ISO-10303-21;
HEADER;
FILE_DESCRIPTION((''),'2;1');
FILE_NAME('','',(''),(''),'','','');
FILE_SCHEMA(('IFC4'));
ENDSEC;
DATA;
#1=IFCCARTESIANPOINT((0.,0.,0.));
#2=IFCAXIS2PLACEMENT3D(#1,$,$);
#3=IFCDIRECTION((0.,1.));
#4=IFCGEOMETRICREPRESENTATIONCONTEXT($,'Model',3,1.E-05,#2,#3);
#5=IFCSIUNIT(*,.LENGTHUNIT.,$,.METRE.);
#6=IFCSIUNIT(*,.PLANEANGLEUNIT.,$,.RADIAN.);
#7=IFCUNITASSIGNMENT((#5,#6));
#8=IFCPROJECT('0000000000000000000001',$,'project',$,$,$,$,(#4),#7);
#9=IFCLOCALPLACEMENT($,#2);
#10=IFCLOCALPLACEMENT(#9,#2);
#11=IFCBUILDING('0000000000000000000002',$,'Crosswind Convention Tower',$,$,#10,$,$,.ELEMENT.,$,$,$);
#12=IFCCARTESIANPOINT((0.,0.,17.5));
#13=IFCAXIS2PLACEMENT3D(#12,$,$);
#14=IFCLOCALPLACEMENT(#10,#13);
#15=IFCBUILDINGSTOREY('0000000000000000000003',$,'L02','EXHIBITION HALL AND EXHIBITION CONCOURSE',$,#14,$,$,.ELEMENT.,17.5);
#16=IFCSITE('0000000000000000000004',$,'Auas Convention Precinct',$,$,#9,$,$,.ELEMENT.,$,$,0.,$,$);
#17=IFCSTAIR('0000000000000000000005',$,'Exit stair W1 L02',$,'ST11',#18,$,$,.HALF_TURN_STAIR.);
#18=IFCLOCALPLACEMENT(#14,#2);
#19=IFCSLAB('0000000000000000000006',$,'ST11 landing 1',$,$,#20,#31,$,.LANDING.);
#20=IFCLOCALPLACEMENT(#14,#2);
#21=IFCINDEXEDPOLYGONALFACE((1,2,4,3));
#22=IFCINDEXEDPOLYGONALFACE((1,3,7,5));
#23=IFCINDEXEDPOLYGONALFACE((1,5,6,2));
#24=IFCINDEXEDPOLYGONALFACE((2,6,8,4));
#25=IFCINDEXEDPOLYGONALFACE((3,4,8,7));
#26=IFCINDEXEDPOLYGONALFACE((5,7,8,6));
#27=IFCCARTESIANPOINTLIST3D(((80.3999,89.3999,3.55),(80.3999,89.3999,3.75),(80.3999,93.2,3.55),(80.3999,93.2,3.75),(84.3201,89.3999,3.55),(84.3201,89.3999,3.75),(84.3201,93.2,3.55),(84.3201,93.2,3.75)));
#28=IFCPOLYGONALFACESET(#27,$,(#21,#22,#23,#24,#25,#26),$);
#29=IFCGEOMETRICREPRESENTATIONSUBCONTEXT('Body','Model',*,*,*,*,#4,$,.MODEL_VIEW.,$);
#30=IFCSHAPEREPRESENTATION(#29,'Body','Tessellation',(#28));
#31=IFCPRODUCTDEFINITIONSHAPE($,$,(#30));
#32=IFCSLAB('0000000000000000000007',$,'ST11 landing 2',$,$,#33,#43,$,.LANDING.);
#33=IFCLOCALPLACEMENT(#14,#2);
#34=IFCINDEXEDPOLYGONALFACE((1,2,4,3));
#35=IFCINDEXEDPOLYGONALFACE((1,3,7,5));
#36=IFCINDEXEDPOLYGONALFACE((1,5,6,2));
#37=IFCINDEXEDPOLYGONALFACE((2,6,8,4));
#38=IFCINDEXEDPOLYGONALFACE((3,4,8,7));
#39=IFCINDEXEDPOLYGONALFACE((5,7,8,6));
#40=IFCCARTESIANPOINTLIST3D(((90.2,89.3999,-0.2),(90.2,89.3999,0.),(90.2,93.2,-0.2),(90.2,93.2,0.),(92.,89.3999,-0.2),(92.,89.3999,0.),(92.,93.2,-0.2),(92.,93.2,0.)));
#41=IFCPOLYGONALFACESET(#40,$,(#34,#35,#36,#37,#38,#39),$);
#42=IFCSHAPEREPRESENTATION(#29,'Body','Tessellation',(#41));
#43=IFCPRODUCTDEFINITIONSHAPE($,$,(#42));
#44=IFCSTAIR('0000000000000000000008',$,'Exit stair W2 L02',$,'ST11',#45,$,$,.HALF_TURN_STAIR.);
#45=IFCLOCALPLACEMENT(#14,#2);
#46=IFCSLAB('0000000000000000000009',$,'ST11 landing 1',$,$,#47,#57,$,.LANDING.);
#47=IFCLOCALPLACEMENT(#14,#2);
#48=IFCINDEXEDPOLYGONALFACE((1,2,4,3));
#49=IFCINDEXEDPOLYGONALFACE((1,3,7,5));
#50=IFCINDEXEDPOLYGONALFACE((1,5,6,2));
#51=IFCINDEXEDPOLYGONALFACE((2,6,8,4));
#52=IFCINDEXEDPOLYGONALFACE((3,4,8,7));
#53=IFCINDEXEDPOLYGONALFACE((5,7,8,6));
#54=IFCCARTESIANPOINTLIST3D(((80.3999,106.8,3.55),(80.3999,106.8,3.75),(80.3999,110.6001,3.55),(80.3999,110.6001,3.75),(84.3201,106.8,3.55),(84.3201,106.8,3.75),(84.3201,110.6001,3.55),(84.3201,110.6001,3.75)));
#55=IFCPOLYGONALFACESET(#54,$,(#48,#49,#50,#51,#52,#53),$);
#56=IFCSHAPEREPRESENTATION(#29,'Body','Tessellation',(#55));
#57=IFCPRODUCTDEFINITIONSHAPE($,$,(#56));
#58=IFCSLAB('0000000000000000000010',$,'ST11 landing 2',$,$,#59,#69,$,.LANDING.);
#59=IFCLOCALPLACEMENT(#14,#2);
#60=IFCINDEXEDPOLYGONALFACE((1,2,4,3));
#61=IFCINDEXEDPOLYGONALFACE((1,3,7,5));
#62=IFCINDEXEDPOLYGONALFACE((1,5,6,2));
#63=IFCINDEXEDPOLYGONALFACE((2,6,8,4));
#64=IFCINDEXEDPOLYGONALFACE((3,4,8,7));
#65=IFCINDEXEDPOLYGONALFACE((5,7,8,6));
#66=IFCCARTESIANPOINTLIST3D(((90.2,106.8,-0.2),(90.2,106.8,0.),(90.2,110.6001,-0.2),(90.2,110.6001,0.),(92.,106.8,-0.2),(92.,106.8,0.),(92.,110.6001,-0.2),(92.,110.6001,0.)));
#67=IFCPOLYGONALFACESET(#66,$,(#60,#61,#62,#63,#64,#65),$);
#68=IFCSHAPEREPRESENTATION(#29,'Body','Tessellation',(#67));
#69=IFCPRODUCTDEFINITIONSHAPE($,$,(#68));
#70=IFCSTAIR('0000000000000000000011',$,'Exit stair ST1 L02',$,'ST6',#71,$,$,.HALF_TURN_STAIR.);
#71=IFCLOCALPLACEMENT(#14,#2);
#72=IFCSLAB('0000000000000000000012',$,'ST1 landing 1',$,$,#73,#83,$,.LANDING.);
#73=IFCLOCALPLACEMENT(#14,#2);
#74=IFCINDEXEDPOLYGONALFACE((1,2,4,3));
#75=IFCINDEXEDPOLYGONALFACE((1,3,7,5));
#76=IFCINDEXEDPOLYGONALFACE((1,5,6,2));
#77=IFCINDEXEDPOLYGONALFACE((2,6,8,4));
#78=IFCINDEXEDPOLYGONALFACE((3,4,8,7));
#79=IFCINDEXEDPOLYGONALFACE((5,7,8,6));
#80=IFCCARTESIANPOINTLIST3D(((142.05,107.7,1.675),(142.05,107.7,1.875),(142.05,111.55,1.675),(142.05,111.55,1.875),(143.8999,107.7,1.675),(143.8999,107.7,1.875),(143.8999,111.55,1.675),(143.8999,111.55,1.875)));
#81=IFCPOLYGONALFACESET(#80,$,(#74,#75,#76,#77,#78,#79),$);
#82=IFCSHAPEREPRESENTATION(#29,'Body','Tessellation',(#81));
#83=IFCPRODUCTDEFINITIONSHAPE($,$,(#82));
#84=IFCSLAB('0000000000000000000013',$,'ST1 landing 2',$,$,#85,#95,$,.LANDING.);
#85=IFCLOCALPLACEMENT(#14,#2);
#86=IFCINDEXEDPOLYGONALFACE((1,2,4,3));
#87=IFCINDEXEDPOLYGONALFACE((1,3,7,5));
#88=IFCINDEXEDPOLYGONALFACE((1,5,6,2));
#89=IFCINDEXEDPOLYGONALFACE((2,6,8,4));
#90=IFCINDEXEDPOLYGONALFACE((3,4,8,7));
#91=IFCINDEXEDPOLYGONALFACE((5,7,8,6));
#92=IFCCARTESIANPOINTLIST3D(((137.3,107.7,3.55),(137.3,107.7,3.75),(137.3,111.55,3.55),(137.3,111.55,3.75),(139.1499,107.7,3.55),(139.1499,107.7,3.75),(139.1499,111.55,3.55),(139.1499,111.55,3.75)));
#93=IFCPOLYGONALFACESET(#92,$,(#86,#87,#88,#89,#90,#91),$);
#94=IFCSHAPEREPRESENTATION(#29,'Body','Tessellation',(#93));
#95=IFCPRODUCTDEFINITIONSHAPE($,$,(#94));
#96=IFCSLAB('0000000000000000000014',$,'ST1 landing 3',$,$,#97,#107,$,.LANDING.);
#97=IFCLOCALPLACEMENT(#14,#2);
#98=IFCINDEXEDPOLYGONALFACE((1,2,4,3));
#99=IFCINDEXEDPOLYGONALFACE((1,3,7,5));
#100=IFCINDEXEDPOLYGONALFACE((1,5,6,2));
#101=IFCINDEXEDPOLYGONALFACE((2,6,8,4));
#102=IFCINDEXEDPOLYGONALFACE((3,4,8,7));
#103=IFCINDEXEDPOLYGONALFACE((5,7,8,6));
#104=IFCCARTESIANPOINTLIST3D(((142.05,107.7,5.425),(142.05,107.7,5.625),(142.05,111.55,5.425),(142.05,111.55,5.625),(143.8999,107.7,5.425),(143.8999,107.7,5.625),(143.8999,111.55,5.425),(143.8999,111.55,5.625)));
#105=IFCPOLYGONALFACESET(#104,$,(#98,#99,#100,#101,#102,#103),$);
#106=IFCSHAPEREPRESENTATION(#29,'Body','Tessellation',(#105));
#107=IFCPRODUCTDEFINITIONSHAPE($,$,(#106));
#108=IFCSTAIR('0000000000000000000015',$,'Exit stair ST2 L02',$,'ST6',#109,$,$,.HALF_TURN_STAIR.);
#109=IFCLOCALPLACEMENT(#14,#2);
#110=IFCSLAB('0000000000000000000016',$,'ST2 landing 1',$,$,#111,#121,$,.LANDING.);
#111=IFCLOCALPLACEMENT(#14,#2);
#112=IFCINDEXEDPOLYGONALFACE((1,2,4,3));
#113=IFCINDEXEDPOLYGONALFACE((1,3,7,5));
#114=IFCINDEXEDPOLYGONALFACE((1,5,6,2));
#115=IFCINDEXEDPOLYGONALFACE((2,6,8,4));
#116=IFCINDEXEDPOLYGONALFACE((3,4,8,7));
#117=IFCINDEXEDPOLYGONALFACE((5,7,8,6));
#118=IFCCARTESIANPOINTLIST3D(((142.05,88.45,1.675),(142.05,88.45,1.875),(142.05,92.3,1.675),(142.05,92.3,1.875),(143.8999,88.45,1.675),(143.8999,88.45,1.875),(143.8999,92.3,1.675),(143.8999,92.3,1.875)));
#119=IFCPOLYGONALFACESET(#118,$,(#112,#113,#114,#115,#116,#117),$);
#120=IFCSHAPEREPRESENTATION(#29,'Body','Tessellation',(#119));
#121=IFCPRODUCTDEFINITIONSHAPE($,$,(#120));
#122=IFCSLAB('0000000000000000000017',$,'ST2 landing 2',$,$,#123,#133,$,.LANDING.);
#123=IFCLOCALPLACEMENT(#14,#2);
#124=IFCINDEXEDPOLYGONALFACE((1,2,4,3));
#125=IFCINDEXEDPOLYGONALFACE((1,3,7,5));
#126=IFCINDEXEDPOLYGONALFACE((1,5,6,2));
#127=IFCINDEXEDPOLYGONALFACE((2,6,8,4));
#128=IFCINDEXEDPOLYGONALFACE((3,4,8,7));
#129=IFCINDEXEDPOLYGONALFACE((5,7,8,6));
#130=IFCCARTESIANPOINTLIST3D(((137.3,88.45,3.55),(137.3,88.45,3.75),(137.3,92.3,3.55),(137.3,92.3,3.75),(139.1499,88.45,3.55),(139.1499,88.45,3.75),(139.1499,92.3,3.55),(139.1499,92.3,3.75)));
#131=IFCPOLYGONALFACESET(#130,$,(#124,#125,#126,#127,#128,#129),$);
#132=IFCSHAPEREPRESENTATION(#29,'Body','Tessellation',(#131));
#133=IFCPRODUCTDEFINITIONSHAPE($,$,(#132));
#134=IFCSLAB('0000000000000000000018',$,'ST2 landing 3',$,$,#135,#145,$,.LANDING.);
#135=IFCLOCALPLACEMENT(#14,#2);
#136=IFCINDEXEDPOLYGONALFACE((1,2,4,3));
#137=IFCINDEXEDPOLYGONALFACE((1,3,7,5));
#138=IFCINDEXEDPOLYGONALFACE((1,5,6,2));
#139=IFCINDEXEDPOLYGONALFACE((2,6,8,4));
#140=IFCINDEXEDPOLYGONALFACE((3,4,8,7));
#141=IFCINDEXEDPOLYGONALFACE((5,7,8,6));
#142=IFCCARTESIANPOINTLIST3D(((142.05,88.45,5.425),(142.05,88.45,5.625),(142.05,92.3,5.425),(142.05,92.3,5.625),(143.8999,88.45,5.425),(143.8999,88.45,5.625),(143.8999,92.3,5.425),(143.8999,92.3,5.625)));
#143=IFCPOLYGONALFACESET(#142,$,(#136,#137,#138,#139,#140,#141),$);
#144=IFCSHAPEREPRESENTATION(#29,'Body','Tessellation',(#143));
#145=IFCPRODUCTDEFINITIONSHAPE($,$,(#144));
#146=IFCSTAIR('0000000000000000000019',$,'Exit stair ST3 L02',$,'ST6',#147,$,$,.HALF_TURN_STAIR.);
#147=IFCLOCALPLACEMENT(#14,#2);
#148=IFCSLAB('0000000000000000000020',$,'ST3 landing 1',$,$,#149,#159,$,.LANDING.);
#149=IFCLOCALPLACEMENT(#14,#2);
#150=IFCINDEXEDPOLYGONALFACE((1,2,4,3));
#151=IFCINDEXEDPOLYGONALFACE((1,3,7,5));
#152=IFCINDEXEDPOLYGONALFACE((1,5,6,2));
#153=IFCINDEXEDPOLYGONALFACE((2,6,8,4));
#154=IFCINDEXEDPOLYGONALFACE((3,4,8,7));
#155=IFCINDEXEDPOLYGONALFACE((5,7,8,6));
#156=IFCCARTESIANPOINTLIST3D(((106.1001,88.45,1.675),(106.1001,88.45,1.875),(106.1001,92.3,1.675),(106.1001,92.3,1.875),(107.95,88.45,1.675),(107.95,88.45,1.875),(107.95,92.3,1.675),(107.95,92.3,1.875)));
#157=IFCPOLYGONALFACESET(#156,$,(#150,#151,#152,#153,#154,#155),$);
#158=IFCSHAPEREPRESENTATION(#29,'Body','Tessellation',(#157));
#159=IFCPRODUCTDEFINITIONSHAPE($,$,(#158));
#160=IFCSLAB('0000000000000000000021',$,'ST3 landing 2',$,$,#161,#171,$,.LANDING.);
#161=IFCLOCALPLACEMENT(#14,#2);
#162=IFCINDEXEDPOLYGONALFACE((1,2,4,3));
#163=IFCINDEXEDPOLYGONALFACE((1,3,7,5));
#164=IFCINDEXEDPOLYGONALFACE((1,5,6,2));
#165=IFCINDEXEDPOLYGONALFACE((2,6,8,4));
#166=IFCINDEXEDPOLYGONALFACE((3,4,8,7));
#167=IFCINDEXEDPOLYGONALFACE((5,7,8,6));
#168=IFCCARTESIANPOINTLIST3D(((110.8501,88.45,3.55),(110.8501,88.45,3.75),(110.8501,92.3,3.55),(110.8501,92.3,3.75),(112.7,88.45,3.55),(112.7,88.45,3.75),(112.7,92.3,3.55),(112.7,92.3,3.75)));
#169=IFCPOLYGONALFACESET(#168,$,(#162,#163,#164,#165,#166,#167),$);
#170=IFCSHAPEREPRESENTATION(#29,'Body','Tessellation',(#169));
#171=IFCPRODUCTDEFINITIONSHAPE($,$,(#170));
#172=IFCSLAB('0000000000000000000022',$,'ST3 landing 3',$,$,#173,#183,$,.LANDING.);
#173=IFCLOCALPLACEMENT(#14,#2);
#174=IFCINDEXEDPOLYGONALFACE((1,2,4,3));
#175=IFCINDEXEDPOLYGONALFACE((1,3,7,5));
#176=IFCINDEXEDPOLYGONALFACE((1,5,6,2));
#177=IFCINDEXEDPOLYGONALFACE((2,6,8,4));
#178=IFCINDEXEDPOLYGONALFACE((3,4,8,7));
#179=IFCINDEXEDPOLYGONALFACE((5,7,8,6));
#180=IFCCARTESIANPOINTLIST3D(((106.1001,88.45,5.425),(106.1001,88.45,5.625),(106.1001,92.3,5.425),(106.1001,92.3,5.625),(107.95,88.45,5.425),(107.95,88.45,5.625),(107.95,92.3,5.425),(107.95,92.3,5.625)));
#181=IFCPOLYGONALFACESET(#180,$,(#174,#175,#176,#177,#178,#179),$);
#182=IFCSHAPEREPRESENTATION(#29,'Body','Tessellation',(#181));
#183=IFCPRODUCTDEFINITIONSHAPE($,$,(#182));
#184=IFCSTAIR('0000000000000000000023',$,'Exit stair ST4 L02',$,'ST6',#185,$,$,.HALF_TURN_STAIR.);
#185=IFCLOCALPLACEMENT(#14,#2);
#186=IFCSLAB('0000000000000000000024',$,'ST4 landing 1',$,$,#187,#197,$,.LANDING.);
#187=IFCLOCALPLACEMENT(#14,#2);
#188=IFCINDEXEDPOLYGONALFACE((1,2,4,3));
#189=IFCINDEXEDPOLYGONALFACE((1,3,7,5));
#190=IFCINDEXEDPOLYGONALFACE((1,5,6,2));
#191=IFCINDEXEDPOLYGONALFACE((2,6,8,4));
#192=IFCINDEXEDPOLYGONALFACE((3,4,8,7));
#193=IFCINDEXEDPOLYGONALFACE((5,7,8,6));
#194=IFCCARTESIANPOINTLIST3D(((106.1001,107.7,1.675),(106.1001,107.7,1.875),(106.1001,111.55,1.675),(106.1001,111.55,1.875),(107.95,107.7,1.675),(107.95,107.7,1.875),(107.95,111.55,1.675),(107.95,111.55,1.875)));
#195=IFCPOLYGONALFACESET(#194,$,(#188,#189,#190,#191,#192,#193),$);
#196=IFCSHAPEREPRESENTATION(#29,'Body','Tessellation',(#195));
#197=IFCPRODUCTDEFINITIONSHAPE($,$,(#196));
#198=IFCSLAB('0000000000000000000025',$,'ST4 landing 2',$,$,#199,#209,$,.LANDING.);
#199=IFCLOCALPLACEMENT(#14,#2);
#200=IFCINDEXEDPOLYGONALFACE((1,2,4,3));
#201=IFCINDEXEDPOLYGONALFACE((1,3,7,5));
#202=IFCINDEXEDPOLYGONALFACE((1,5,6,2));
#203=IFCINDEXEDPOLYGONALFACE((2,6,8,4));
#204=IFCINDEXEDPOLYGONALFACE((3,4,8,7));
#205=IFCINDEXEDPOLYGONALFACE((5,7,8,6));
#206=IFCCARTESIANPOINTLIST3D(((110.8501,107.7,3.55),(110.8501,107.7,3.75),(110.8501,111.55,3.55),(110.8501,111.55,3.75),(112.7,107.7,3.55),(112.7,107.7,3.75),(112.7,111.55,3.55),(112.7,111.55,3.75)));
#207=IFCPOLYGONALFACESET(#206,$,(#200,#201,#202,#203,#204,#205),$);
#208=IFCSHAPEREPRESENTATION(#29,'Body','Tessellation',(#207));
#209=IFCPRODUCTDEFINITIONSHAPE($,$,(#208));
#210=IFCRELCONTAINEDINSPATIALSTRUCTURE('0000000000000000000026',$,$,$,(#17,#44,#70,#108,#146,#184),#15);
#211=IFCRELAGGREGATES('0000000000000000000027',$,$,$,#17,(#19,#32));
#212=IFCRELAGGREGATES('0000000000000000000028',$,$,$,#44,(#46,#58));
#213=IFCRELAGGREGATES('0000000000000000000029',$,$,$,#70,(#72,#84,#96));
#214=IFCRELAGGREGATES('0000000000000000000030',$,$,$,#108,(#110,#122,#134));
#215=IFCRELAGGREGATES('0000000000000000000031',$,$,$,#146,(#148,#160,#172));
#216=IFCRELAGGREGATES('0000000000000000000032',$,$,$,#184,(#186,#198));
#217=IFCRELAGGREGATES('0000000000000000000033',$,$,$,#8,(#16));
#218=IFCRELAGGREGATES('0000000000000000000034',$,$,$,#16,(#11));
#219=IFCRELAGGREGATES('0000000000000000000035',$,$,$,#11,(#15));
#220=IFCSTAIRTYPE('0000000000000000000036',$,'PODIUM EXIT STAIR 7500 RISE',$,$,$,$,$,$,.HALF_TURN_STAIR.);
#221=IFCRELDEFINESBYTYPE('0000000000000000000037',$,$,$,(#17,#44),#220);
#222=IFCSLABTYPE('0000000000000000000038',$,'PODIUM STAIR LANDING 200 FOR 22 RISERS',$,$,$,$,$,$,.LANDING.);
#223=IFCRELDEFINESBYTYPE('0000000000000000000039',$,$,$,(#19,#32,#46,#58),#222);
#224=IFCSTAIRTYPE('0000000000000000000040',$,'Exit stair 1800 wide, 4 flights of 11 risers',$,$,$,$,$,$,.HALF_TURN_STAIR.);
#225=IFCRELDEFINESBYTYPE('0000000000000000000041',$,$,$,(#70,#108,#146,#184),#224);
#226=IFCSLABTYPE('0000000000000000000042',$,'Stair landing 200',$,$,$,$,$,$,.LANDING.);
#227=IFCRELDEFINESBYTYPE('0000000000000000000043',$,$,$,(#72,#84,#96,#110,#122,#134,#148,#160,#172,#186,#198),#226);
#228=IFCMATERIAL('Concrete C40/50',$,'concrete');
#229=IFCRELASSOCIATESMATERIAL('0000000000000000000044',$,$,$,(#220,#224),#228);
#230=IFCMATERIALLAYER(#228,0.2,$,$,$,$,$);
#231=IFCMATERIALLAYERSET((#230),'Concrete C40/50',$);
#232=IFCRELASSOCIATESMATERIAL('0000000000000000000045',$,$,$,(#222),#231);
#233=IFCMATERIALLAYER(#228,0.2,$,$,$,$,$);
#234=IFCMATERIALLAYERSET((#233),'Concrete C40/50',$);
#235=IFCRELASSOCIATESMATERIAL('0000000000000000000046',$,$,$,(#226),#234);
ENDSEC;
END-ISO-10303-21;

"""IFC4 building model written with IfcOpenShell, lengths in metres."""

from ifc_helpers import new_model, si_unit, direction, frame, origin, place, context, subcontext, project, spatial, polyline, outline, extrude, material, layer, layer_set, type_object, element, aggregate, save


model = new_model("IFC4")

# Units and contexts
model_context = context("Model", 3, precision=1e-05, world=origin(), true_north=direction((0.0, 1.0)))
body_context = subcontext(model_context, "Body", "Model", "MODEL_VIEW")
ifc_project = project(units=[si_unit("LENGTHUNIT", "METRE"), si_unit("PLANEANGLEUNIT", "RADIAN")], contexts=[model_context])

# Site, building, storey
site_placement = place(None, origin())
site = spatial("IfcSite", under=ifc_project, at=site_placement, Name="Auas Convention Precinct", CompositionType="ELEMENT", RefElevation=0.0)
building_placement = place(site_placement, origin())
building = spatial("IfcBuilding", under=site, at=building_placement, Name="Crosswind Convention Tower", CompositionType="ELEMENT")
storey_placement = place(building_placement, frame((0.0, 0.0, 17.5)))
storey = spatial("IfcBuildingStorey", under=building, at=storey_placement, Name="L02", Description="EXHIBITION HALL AND EXHIBITION CONCOURSE", CompositionType="ELEMENT", Elevation=17.5)

# Shared definitions
ifc_material_1 = material(Name="Concrete C40/50", Category="concrete")

# Stairs, slabs
stair_type_1 = type_object("IfcStairType", Name="PODIUM EXIT STAIR 7500 RISE", PredefinedType="HALF_TURN_STAIR", material=ifc_material_1)
ifc_layer_1 = layer(ifc_material_1, 0.2)
ifc_layer_set_1 = layer_set([ifc_layer_1], Name="Concrete C40/50")
slab_type_1 = type_object("IfcSlabType", Name="PODIUM STAIR LANDING 200 FOR 22 RISERS", PredefinedType="LANDING", material=ifc_layer_set_1)
stair_1_placement = place(storey_placement, origin())
stair_1 = element("IfcStair", 1, at=stair_1_placement, inside=storey, type_object=stair_type_1, Name="Exit stair W1 L02", ObjectType="ST11", PredefinedType="HALF_TURN_STAIR")
slab_1_placement = place(storey_placement, frame((0.0, 0.0, 3.55)))
slab_1 = element("IfcSlab", 2, at=slab_1_placement, type_object=slab_type_1, Name="ST11 landing 1", PredefinedType="LANDING", context=body_context, shape_type="SweptSolid", body=[
    extrude(outline(polyline([(84.3201, 93.2), (80.3999, 93.2), (80.3999, 89.3999), (84.3201, 89.3999), (84.3201, 93.2)])), origin(), (0.0, 0.0, 1.0), 0.2),
])
slab_2_placement = place(storey_placement, frame((0.0, 0.0, -0.2)))
slab_2 = element("IfcSlab", 3, at=slab_2_placement, type_object=slab_type_1, Name="ST11 landing 2", PredefinedType="LANDING", context=body_context, shape_type="SweptSolid", body=[
    extrude(outline(polyline([(92.0, 93.2), (90.2, 93.2), (90.2, 89.3999), (92.0, 89.3999), (92.0, 93.2)])), origin(), (0.0, 0.0, 1.0), 0.2),
])
aggregate(stair_1, [slab_1, slab_2])
stair_2_placement = place(storey_placement, origin())
stair_2 = element("IfcStair", 4, at=stair_2_placement, inside=storey, type_object=stair_type_1, Name="Exit stair W2 L02", ObjectType="ST11", PredefinedType="HALF_TURN_STAIR")
slab_3_placement = place(storey_placement, frame((0.0, 0.0, 3.55)))
slab_3 = element("IfcSlab", 5, at=slab_3_placement, type_object=slab_type_1, Name="ST11 landing 1", PredefinedType="LANDING", context=body_context, shape_type="SweptSolid", body=[
    extrude(outline(polyline([(84.3201, 110.6001), (80.3999, 110.6001), (80.3999, 106.8), (84.3201, 106.8), (84.3201, 110.6001)])), origin(), (0.0, 0.0, 1.0), 0.2),
])
slab_4_placement = place(storey_placement, frame((0.0, 0.0, -0.2)))
slab_4 = element("IfcSlab", 6, at=slab_4_placement, type_object=slab_type_1, Name="ST11 landing 2", PredefinedType="LANDING", context=body_context, shape_type="SweptSolid", body=[
    extrude(outline(polyline([(92.0, 110.6001), (90.2, 110.6001), (90.2, 106.8), (92.0, 106.8), (92.0, 110.6001)])), origin(), (0.0, 0.0, 1.0), 0.2),
])
aggregate(stair_2, [slab_3, slab_4])
stair_type_2 = type_object("IfcStairType", Name="Exit stair 1800 wide, 4 flights of 11 risers", PredefinedType="HALF_TURN_STAIR", material=ifc_material_1)
stair_3_placement = place(storey_placement, origin())
stair_3 = element("IfcStair", 7, at=stair_3_placement, inside=storey, type_object=stair_type_2, Name="Exit stair ST1 L02", ObjectType="ST6", PredefinedType="HALF_TURN_STAIR")
ifc_layer_2 = layer(ifc_material_1, 0.2)
ifc_layer_set_2 = layer_set([ifc_layer_2], Name="Concrete C40/50")
slab_type_2 = type_object("IfcSlabType", Name="Stair landing 200", PredefinedType="LANDING", material=ifc_layer_set_2)
slab_5_placement = place(storey_placement, frame((0.0, 0.0, 1.675)))
slab_5 = element("IfcSlab", 8, at=slab_5_placement, type_object=slab_type_2, Name="ST1 landing 1", PredefinedType="LANDING", context=body_context, shape_type="SweptSolid", body=[
    extrude(outline(polyline([(143.8999, 107.7), (143.8999, 111.55), (142.05, 111.55), (142.05, 107.7), (143.8999, 107.7)])), origin(), (0.0, 0.0, 1.0), 0.2),
])
slab_6_placement = place(storey_placement, frame((0.0, 0.0, 3.55)))
slab_6 = element("IfcSlab", 9, at=slab_6_placement, type_object=slab_type_2, Name="ST1 landing 2", PredefinedType="LANDING", context=body_context, shape_type="SweptSolid", body=[
    extrude(outline(polyline([(139.1499, 107.7), (139.1499, 111.55), (137.3, 111.55), (137.3, 107.7), (139.1499, 107.7)])), origin(), (0.0, 0.0, 1.0), 0.2),
])
slab_7_placement = place(storey_placement, frame((0.0, 0.0, 5.425)))
slab_7 = element("IfcSlab", 10, at=slab_7_placement, type_object=slab_type_2, Name="ST1 landing 3", PredefinedType="LANDING", context=body_context, shape_type="SweptSolid", body=[
    extrude(outline(polyline([(143.8999, 107.7), (143.8999, 111.55), (142.05, 111.55), (142.05, 107.7), (143.8999, 107.7)])), origin(), (0.0, 0.0, 1.0), 0.2),
])
aggregate(stair_3, [slab_5, slab_6, slab_7])
stair_4_placement = place(storey_placement, origin())
stair_4 = element("IfcStair", 11, at=stair_4_placement, inside=storey, type_object=stair_type_2, Name="Exit stair ST2 L02", ObjectType="ST6", PredefinedType="HALF_TURN_STAIR")
slab_8_placement = place(storey_placement, frame((0.0, 0.0, 1.675)))
slab_8 = element("IfcSlab", 12, at=slab_8_placement, type_object=slab_type_2, Name="ST2 landing 1", PredefinedType="LANDING", context=body_context, shape_type="SweptSolid", body=[
    extrude(outline(polyline([(143.8999, 88.45), (143.8999, 92.3), (142.05, 92.3), (142.05, 88.45), (143.8999, 88.45)])), origin(), (0.0, 0.0, 1.0), 0.2),
])
slab_9_placement = place(storey_placement, frame((0.0, 0.0, 3.55)))
slab_9 = element("IfcSlab", 13, at=slab_9_placement, type_object=slab_type_2, Name="ST2 landing 2", PredefinedType="LANDING", context=body_context, shape_type="SweptSolid", body=[
    extrude(outline(polyline([(139.1499, 88.45), (139.1499, 92.3), (137.3, 92.3), (137.3, 88.45), (139.1499, 88.45)])), origin(), (0.0, 0.0, 1.0), 0.2),
])
slab_10_placement = place(storey_placement, frame((0.0, 0.0, 5.425)))
slab_10 = element("IfcSlab", 14, at=slab_10_placement, type_object=slab_type_2, Name="ST2 landing 3", PredefinedType="LANDING", context=body_context, shape_type="SweptSolid", body=[
    extrude(outline(polyline([(143.8999, 88.45), (143.8999, 92.3), (142.05, 92.3), (142.05, 88.45), (143.8999, 88.45)])), origin(), (0.0, 0.0, 1.0), 0.2),
])
aggregate(stair_4, [slab_8, slab_9, slab_10])
stair_5_placement = place(storey_placement, origin())
stair_5 = element("IfcStair", 15, at=stair_5_placement, inside=storey, type_object=stair_type_2, Name="Exit stair ST3 L02", ObjectType="ST6", PredefinedType="HALF_TURN_STAIR")
slab_11_placement = place(storey_placement, frame((0.0, 0.0, 1.675)))
slab_11 = element("IfcSlab", 16, at=slab_11_placement, type_object=slab_type_2, Name="ST3 landing 1", PredefinedType="LANDING", context=body_context, shape_type="SweptSolid", body=[
    extrude(outline(polyline([(107.95, 88.45), (107.95, 92.3), (106.1001, 92.3), (106.1001, 88.45), (107.95, 88.45)])), origin(), (0.0, 0.0, 1.0), 0.2),
])
slab_12_placement = place(storey_placement, frame((0.0, 0.0, 3.55)))
slab_12 = element("IfcSlab", 17, at=slab_12_placement, type_object=slab_type_2, Name="ST3 landing 2", PredefinedType="LANDING", context=body_context, shape_type="SweptSolid", body=[
    extrude(outline(polyline([(112.7, 88.45), (112.7, 92.3), (110.8501, 92.3), (110.8501, 88.45), (112.7, 88.45)])), origin(), (0.0, 0.0, 1.0), 0.2),
])
slab_13_placement = place(storey_placement, frame((0.0, 0.0, 5.425)))
slab_13 = element("IfcSlab", 18, at=slab_13_placement, type_object=slab_type_2, Name="ST3 landing 3", PredefinedType="LANDING", context=body_context, shape_type="SweptSolid", body=[
    extrude(outline(polyline([(107.95, 88.45), (107.95, 92.3), (106.1001, 92.3), (106.1001, 88.45), (107.95, 88.45)])), origin(), (0.0, 0.0, 1.0), 0.2),
])
aggregate(stair_5, [slab_11, slab_12, slab_13])
stair_6_placement = place(storey_placement, origin())
stair_6 = element("IfcStair", 19, at=stair_6_placement, inside=storey, type_object=stair_type_2, Name="Exit stair ST4 L02", ObjectType="ST6", PredefinedType="HALF_TURN_STAIR")
slab_14_placement = place(storey_placement, frame((0.0, 0.0, 1.675)))
slab_14 = element("IfcSlab", 20, at=slab_14_placement, type_object=slab_type_2, Name="ST4 landing 1", PredefinedType="LANDING", context=body_context, shape_type="SweptSolid", body=[
    extrude(outline(polyline([(107.95, 107.7), (107.95, 111.55), (106.1001, 111.55), (106.1001, 107.7), (107.95, 107.7)])), origin(), (0.0, 0.0, 1.0), 0.2),
])
slab_15_placement = place(storey_placement, frame((0.0, 0.0, 3.55)))
slab_15 = element("IfcSlab", 21, at=slab_15_placement, type_object=slab_type_2, Name="ST4 landing 2", PredefinedType="LANDING", context=body_context, shape_type="SweptSolid", body=[
    extrude(outline(polyline([(112.7, 107.7), (112.7, 111.55), (110.8501, 111.55), (110.8501, 107.7), (112.7, 107.7)])), origin(), (0.0, 0.0, 1.0), 0.2),
])
aggregate(stair_6, [slab_14, slab_15])

save(model, "model.ifc")
